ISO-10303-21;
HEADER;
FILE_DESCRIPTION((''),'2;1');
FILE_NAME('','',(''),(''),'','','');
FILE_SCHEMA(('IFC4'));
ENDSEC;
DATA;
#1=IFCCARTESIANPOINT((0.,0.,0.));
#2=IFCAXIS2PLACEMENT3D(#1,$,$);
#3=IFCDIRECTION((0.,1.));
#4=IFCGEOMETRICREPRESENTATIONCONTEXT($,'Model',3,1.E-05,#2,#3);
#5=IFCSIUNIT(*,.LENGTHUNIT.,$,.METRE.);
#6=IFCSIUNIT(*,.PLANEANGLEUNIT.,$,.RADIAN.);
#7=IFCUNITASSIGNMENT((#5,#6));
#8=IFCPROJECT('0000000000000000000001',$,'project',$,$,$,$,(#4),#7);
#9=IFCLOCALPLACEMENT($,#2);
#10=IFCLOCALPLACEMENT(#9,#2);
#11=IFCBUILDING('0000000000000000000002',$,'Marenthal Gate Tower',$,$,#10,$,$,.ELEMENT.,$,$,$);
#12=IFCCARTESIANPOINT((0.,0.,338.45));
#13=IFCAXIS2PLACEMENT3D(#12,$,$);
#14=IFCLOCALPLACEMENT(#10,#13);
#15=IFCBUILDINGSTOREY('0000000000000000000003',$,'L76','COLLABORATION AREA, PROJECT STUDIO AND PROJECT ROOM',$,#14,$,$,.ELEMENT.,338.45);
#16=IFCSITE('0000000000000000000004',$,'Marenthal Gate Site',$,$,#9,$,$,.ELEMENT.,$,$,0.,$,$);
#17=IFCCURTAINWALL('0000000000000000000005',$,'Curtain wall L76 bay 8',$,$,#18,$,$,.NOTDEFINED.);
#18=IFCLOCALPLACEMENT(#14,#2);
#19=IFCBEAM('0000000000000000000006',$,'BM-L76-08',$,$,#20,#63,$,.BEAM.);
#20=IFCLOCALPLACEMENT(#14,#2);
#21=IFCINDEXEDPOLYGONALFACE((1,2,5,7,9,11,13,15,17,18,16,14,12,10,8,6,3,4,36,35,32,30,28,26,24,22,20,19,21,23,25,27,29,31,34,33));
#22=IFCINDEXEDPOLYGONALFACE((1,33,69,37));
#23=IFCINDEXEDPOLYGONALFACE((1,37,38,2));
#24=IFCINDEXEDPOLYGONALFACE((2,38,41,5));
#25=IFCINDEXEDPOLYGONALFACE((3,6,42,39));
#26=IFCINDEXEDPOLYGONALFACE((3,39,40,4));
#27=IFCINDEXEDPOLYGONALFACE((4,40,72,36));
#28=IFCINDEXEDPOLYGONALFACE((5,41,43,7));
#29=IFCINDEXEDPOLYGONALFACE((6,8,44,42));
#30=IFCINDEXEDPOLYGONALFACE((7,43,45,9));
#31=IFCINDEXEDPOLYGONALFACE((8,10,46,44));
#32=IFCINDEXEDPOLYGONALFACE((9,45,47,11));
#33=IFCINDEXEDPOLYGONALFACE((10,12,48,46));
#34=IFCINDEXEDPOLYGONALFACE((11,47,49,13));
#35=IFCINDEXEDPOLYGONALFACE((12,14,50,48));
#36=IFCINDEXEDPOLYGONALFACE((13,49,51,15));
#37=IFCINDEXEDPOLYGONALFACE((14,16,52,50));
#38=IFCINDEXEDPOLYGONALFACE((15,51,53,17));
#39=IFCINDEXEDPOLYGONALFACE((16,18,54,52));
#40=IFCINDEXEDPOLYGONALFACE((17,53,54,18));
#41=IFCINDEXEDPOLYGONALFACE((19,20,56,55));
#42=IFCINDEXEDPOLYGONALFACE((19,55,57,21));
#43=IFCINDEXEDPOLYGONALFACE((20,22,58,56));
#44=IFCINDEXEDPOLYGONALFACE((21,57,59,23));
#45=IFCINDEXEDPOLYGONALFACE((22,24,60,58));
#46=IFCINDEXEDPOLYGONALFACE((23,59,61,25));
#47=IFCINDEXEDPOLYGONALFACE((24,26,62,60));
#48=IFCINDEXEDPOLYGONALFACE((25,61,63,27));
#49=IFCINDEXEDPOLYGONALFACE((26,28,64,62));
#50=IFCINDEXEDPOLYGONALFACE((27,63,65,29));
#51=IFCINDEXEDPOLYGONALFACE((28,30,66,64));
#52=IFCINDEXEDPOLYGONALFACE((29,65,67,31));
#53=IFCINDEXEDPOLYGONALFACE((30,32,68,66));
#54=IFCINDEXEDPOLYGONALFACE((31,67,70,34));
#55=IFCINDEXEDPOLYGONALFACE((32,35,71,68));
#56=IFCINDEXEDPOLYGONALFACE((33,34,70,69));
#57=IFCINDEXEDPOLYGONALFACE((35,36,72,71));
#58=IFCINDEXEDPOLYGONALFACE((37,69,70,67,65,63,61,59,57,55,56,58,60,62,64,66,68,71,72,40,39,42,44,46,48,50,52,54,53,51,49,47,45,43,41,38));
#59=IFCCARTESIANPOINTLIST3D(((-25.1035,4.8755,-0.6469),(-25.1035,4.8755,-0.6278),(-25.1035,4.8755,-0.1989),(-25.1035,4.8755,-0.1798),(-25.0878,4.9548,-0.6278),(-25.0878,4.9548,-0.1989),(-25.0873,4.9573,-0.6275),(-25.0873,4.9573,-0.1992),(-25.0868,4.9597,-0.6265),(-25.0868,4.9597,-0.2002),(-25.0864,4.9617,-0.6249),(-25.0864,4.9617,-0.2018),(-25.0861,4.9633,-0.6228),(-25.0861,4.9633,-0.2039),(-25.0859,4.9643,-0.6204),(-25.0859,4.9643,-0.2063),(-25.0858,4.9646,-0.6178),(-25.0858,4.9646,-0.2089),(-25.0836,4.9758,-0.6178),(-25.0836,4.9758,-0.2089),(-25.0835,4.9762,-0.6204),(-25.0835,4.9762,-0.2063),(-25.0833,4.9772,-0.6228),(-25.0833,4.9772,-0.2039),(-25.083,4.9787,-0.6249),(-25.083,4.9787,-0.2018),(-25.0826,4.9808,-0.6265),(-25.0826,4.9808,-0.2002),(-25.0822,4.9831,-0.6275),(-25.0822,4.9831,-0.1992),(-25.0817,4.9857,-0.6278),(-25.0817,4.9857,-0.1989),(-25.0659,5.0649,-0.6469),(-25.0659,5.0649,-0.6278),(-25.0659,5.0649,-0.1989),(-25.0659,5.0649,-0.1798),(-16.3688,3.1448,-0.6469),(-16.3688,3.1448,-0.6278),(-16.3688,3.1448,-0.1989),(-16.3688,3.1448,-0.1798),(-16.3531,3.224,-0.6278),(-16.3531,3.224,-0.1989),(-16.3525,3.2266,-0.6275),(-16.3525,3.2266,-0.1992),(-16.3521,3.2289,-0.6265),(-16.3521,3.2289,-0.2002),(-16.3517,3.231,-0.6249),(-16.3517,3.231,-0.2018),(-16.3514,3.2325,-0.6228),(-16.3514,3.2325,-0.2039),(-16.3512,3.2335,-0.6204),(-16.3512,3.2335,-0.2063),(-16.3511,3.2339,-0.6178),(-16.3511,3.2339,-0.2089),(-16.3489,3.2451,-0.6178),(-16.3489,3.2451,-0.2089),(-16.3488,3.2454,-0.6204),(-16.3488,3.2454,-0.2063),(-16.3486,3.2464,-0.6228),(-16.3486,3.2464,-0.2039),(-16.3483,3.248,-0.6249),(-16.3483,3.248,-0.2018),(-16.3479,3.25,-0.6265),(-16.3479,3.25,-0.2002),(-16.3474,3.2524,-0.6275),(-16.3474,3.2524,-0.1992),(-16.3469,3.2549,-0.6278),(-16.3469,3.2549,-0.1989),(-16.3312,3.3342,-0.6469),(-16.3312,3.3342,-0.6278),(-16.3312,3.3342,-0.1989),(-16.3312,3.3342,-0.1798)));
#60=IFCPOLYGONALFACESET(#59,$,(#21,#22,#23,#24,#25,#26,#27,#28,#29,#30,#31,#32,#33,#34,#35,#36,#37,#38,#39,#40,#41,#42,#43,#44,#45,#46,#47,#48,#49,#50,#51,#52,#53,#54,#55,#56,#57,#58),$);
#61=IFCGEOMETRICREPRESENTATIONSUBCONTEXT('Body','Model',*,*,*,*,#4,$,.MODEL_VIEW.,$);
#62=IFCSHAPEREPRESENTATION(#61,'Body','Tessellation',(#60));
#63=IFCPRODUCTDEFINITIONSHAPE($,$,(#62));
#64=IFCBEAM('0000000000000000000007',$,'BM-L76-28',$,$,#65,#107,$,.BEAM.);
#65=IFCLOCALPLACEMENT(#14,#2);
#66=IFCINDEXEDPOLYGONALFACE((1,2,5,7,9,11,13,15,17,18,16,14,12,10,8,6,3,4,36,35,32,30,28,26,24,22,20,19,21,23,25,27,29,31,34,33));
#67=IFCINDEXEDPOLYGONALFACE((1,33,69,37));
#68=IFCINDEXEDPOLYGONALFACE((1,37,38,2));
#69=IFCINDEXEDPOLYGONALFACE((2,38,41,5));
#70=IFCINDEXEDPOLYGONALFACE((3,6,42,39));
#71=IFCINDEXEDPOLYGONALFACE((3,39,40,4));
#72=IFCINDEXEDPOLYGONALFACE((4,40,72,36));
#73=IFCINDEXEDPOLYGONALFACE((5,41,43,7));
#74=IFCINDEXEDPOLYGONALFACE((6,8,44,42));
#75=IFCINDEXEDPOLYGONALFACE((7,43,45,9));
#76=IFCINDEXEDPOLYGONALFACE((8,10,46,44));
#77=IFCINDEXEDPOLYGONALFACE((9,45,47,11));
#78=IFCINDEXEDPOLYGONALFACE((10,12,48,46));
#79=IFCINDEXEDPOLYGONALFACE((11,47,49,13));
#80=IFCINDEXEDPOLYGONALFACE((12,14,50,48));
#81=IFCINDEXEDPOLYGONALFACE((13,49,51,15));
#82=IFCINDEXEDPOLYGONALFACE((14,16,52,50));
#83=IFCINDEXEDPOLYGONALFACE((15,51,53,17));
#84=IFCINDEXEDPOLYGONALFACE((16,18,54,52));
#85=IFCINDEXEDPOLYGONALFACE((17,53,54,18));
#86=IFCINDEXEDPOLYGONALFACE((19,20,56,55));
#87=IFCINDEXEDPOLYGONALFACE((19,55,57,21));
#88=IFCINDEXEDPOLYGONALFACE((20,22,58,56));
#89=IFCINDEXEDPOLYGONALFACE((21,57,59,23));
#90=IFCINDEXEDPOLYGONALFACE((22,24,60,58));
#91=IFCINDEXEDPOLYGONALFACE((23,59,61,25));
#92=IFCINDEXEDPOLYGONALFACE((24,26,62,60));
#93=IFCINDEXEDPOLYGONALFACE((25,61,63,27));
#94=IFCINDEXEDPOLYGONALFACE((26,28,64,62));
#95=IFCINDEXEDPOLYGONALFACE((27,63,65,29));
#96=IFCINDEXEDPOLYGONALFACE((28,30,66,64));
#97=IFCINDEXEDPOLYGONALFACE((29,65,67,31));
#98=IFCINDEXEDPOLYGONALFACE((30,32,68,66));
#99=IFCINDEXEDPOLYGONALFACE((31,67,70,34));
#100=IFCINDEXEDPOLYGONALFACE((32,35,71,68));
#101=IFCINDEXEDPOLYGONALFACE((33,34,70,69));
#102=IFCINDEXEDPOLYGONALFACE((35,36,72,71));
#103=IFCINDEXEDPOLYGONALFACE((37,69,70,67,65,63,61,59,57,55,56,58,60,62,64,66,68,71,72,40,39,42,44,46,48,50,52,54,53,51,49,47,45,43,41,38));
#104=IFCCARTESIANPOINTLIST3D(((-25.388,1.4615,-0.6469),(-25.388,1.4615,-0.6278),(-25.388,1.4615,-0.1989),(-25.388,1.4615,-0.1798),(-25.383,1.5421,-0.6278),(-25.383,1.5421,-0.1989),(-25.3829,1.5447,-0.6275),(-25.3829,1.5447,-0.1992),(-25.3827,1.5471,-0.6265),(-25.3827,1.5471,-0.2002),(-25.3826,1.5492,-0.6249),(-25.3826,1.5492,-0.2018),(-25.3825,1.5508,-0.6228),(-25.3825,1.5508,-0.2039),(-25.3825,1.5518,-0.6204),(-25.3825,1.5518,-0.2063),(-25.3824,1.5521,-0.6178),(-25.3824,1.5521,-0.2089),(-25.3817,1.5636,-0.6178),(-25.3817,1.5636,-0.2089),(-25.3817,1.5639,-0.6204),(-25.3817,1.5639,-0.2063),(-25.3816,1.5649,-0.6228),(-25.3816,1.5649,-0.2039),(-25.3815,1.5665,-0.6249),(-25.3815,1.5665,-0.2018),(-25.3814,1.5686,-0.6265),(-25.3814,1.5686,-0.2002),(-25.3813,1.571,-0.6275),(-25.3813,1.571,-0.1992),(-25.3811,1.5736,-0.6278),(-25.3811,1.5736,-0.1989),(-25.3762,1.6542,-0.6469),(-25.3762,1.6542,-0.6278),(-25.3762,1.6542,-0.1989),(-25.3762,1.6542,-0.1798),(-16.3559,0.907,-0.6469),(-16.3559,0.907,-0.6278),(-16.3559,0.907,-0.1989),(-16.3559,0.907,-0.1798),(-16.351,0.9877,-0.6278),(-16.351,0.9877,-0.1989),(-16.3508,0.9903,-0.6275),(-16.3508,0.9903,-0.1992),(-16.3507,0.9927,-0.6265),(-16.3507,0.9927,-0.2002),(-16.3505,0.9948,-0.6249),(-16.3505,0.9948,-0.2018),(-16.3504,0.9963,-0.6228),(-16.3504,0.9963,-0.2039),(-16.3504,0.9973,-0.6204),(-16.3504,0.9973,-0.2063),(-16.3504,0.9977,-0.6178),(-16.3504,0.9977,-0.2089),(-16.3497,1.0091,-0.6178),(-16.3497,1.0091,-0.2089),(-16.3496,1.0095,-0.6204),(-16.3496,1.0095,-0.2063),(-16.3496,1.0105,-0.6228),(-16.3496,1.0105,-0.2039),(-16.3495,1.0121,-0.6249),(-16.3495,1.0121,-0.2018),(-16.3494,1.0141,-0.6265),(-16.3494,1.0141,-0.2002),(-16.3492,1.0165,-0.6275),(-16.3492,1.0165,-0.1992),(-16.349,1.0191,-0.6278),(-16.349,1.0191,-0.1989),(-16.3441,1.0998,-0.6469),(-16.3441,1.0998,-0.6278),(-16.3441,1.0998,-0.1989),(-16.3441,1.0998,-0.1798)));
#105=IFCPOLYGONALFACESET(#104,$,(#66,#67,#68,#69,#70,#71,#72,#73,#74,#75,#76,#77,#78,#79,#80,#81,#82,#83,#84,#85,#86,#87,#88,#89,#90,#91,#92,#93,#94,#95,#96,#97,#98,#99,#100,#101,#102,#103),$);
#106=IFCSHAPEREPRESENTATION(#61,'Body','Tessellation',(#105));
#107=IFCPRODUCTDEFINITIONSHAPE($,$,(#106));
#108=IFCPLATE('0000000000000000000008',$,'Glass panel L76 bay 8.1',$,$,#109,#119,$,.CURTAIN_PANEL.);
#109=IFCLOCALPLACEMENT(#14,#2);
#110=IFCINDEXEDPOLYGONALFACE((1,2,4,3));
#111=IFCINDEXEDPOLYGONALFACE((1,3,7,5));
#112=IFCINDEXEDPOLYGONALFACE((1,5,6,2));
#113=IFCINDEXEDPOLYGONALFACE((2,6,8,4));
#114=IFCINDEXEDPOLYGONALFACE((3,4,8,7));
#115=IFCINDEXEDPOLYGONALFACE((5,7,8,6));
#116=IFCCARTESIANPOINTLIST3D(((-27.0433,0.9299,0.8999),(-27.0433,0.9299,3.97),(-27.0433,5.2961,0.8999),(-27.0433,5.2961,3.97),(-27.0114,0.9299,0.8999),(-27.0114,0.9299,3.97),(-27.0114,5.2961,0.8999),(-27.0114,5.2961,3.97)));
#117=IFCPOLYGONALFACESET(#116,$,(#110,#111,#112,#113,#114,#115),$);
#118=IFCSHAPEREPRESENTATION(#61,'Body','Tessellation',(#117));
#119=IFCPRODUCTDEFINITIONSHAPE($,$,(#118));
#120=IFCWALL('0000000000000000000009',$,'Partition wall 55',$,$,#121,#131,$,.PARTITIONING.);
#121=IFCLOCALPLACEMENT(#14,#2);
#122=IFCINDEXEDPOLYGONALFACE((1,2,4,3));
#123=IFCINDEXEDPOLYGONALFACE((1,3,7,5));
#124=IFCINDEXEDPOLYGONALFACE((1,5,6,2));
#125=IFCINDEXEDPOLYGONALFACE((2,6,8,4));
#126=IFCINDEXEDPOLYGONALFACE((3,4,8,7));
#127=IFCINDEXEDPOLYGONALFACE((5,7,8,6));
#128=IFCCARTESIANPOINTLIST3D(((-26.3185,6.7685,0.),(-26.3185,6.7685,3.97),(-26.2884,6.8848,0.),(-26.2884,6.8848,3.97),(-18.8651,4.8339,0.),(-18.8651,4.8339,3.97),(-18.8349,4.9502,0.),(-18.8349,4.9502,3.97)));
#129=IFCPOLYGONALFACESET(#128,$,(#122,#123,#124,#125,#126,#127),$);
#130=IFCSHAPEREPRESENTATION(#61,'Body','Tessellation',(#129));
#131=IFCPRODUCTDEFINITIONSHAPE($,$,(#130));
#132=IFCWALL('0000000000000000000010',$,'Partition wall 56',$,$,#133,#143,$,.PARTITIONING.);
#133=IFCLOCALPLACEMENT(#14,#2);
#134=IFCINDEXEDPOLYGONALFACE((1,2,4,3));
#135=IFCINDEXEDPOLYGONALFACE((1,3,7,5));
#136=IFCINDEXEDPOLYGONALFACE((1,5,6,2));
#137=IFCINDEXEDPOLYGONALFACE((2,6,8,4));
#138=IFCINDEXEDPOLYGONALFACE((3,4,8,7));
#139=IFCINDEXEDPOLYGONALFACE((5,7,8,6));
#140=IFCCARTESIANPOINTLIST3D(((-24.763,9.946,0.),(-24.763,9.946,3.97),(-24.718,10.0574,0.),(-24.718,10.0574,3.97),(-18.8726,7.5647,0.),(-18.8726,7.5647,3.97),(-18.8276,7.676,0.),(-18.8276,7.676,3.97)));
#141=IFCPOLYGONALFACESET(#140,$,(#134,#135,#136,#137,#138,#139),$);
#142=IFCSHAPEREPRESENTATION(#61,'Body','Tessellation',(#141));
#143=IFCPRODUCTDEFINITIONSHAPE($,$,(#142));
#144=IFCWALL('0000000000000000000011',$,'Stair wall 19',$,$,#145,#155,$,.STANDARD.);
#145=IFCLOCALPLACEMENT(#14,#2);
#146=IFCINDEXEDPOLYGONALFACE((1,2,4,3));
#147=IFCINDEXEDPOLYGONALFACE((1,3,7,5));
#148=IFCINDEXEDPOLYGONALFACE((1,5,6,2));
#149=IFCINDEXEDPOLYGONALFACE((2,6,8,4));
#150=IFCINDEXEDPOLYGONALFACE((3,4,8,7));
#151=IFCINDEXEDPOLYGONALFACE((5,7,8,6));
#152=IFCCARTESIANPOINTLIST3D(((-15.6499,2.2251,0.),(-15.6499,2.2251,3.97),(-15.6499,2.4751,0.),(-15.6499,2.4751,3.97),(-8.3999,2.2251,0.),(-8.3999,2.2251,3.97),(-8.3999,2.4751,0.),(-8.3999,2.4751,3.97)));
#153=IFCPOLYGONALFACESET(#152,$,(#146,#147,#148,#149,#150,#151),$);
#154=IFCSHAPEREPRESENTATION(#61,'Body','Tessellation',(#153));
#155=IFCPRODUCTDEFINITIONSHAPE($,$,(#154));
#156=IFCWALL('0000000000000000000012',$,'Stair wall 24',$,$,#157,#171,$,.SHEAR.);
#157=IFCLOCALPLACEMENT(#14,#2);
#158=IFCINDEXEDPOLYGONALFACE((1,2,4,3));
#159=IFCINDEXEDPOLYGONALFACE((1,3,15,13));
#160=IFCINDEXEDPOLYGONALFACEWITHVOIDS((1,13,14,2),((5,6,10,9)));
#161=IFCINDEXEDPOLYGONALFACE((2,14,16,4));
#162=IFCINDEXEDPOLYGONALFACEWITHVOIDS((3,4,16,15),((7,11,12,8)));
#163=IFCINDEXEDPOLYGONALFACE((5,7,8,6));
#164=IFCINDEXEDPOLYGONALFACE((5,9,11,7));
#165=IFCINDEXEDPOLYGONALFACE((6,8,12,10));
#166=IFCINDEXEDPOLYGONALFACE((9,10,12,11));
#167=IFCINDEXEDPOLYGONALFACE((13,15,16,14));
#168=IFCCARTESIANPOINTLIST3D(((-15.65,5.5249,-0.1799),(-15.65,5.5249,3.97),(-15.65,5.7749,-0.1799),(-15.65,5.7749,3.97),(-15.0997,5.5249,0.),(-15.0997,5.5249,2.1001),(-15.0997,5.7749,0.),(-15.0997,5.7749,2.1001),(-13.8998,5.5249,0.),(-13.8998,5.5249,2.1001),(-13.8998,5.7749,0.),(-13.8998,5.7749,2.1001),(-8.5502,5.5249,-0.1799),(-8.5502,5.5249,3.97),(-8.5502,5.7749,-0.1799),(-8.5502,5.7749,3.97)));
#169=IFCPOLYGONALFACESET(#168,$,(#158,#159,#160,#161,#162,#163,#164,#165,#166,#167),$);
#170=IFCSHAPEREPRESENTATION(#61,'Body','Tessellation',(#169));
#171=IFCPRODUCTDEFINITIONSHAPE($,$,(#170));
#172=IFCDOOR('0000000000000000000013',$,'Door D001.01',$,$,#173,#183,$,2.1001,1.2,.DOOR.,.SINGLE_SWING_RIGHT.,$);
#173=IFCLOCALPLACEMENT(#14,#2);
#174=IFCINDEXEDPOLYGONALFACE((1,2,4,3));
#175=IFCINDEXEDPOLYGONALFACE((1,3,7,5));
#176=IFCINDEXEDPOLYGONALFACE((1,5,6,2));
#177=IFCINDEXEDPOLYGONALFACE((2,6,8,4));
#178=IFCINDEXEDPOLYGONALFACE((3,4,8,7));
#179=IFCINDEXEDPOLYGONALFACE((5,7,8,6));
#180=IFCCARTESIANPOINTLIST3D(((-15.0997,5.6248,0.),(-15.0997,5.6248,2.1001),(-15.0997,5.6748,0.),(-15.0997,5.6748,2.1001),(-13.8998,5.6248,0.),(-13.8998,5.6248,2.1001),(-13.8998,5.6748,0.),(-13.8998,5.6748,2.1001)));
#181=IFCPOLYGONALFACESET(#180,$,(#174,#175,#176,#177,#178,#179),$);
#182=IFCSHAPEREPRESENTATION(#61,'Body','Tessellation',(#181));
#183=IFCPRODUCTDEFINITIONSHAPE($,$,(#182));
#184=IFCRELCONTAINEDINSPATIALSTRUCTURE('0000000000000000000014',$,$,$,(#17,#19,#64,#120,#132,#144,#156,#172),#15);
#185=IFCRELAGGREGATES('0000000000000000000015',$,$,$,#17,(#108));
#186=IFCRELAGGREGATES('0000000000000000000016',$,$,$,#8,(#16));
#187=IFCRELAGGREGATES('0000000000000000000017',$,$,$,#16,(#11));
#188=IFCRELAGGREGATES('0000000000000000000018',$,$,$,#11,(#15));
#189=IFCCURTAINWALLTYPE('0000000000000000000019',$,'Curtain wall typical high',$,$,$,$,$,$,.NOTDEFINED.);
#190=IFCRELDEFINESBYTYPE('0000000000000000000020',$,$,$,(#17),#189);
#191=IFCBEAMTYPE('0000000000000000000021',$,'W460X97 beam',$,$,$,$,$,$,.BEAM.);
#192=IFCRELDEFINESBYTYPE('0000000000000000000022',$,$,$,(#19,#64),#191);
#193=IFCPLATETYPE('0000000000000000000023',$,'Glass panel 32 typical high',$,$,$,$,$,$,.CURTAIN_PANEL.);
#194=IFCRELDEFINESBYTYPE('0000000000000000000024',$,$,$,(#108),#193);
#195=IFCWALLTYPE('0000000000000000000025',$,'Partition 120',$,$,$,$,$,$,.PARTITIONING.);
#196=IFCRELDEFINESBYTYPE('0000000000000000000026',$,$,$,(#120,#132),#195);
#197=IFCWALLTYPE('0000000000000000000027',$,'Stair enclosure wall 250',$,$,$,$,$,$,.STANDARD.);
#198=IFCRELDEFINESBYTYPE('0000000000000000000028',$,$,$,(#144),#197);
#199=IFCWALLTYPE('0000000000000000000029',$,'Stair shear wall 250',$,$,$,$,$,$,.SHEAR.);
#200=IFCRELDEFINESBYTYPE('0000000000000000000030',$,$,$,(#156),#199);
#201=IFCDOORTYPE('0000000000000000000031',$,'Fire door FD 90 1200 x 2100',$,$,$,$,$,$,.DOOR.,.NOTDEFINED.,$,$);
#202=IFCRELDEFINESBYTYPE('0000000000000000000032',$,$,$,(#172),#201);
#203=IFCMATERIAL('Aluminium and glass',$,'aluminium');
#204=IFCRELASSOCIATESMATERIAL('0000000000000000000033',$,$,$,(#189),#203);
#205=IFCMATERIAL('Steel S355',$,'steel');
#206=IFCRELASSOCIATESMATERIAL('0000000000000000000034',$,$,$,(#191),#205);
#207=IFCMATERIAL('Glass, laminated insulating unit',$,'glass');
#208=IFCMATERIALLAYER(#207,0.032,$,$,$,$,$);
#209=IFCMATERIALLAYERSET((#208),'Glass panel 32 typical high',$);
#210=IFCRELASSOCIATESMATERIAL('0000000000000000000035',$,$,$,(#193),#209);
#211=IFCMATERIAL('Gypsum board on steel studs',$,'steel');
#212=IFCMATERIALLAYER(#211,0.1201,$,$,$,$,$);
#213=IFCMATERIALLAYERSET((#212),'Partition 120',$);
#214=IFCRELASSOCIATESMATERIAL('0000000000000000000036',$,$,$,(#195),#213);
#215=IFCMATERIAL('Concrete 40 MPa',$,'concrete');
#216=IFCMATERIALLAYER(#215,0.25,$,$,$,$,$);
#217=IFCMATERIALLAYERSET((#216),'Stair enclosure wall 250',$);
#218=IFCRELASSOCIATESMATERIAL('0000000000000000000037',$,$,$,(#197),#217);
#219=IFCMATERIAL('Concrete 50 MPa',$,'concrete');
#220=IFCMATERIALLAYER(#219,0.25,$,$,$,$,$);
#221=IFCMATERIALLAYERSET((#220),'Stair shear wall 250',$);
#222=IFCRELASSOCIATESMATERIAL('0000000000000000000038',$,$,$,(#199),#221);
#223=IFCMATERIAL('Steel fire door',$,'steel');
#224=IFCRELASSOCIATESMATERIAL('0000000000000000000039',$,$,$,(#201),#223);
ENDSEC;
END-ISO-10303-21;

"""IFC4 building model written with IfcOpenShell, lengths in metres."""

from ifc_helpers import new_model, si_unit, direction, frame, frame_2d, origin, origin_2d, place, context, subcontext, project, spatial, rectangle, i_section, extrude, material, layer, layer_set, material_profile, profile_set, type_object, element, fill, aggregate, save


model = new_model("IFC4")

# Units and contexts
model_context = context("Model", 3, precision=1e-05, world=origin(), true_north=direction((0.0, 1.0)))
body_context = subcontext(model_context, "Body", "Model", "MODEL_VIEW")
ifc_project = project(units=[si_unit("LENGTHUNIT", "METRE"), si_unit("PLANEANGLEUNIT", "RADIAN")], contexts=[model_context])

# Site, building, storey
site_placement = place(None, origin())
site = spatial("IfcSite", under=ifc_project, at=site_placement, Name="Marenthal Gate Site", CompositionType="ELEMENT", RefElevation=0.0)
building_placement = place(site_placement, origin())
building = spatial("IfcBuilding", under=site, at=building_placement, Name="Marenthal Gate Tower", CompositionType="ELEMENT")
storey_placement = place(building_placement, frame((0.0, 0.0, 338.45)))
storey = spatial("IfcBuildingStorey", under=building, at=storey_placement, Name="L76", Description="COLLABORATION AREA, PROJECT STUDIO AND PROJECT ROOM", CompositionType="ELEMENT", Elevation=338.45)

# Curtain wall
ifc_material_1 = material(Name="Aluminium and glass", Category="aluminium")
curtain_wall_type = type_object("IfcCurtainWallType", Name="Curtain wall typical high", PredefinedType="NOTDEFINED", material=ifc_material_1)
curtain_wall_placement = place(storey_placement, origin())
curtain_wall = element("IfcCurtainWall", 1, at=curtain_wall_placement, inside=storey, type_object=curtain_wall_type, Name="Curtain wall L76 bay 8", PredefinedType="NOTDEFINED")

# Beams
ifc_material_2 = material(Name="Steel S355", Category="steel")
ifc_material_profile_1 = material_profile(ifc_material_2, i_section(OverallWidth=0.1931, OverallDepth=0.467, WebThickness=0.0115, FlangeThickness=0.019, FilletRadius=0.01, at=origin_2d()), Name="W460X97")
ifc_profile_set_1 = profile_set([ifc_material_profile_1], Name="Steel S355")
beam_type_1 = type_object("IfcBeamType", Name="W460X97 beam", PredefinedType="BEAM", material=ifc_profile_set_1)
beam_1_placement = place(storey_placement, frame((-25.0847, 4.9702, -0.4133), z_axis=(0.980929, -0.194365, 0.0), x_axis=(0.194365, 0.980929, 0.0)))
element("IfcBeam", 2, at=beam_1_placement, inside=storey, type_object=beam_type_1, Name="BM-L76-08", PredefinedType="BEAM", context=body_context, shape_type="SweptSolid", body=[
    extrude(i_section(OverallWidth=0.1931, OverallDepth=0.467, WebThickness=0.0115, FlangeThickness=0.019, FilletRadius=0.01, at=origin_2d()), origin(), (0.0, 0.0, 1.0), 8.9045),
])
beam_2_placement = place(storey_placement, frame((-25.3821, 1.5579, -0.4133), z_axis=(0.998121, -0.061271, 0.0), x_axis=(0.061271, 0.998121, 0.0)))
element("IfcBeam", 3, at=beam_2_placement, inside=storey, type_object=beam_type_1, Name="BM-L76-28", PredefinedType="BEAM", context=body_context, shape_type="SweptSolid", body=[
    extrude(i_section(OverallWidth=0.1931, OverallDepth=0.467, WebThickness=0.0115, FlangeThickness=0.019, FilletRadius=0.01, at=origin_2d()), origin(), (0.0, 0.0, 1.0), 9.0491),
])

# Plate
ifc_material_3 = material(Name="Glass, laminated insulating unit", Category="glass")
ifc_layer_1 = layer(ifc_material_3, 0.032)
ifc_layer_set_1 = layer_set([ifc_layer_1], Name="Glass panel 32 typical high")
plate_type = type_object("IfcPlateType", Name="Glass panel 32 typical high", PredefinedType="CURTAIN_PANEL", material=ifc_layer_set_1)
plate_placement = place(storey_placement, frame((-27.0273, 3.113, 0.8999), z_axis=(0.0, 0.0, 1.0), x_axis=(0.0, -1.0, 0.0)))
plate = element("IfcPlate", 4, at=plate_placement, type_object=plate_type, Name="Glass panel L76 bay 8.1", PredefinedType="CURTAIN_PANEL", context=body_context, shape_type="SweptSolid", body=[
    extrude(rectangle(XDim=4.3662, YDim=0.032, at=origin_2d()), origin(), (0.0, 0.0, 1.0), 3.0701),
])
aggregate(curtain_wall, [plate])

# Walls
ifc_material_4 = material(Name="Gypsum board on steel studs", Category="steel")
ifc_layer_2 = layer(ifc_material_4, 0.1201)
ifc_layer_set_2 = layer_set([ifc_layer_2], Name="Partition 120")
wall_type_1 = type_object("IfcWallType", Name="Partition 120", PredefinedType="PARTITIONING", material=ifc_layer_set_2)
wall_1_placement = place(storey_placement, frame((-18.8501, 4.8921, 0.0), z_axis=(0.0, 0.0, 1.0), x_axis=(-0.967927, 0.251232, 0.0)))
element("IfcWall", 5, at=wall_1_placement, inside=storey, type_object=wall_type_1, Name="Partition wall 55", PredefinedType="PARTITIONING", context=body_context, shape_type="SweptSolid", body=[
    extrude(rectangle(XDim=7.7004, YDim=0.1201, at=frame_2d((3.8501, 0.0))), origin(), (0.0, 0.0, 1.0), 3.97),
])
wall_2_placement = place(storey_placement, frame((-18.8501, 7.6204, 0.0), z_axis=(0.0, 0.0, 1.0), x_axis=(-0.927103, 0.374807, 0.0)))
element("IfcWall", 6, at=wall_2_placement, inside=storey, type_object=wall_type_1, Name="Partition wall 56", PredefinedType="PARTITIONING", context=body_context, shape_type="SweptSolid", body=[
    extrude(rectangle(XDim=6.3535, YDim=0.1201, at=frame_2d((3.1768, 0.0))), origin(), (0.0, 0.0, 1.0), 3.97),
])
ifc_material_5 = material(Name="Concrete 40 MPa", Category="concrete")
ifc_layer_3 = layer(ifc_material_5, 0.25)
ifc_layer_set_3 = layer_set([ifc_layer_3], Name="Stair enclosure wall 250")
wall_type_2 = type_object("IfcWallType", Name="Stair enclosure wall 250", PredefinedType="STANDARD", material=ifc_layer_set_3)
wall_3_placement = place(storey_placement, frame((-15.6499, 2.3501, 0.0), z_axis=(0.0, 0.0, 1.0), x_axis=(1.0, 0.0, 0.0)))
element("IfcWall", 7, at=wall_3_placement, inside=storey, type_object=wall_type_2, Name="Stair wall 19", PredefinedType="STANDARD", context=body_context, shape_type="SweptSolid", body=[
    extrude(rectangle(XDim=7.25, YDim=0.25, at=frame_2d((3.625, 0.0))), origin(), (0.0, 0.0, 1.0), 3.97),
])

# Wall, opening, door
ifc_material_6 = material(Name="Concrete 50 MPa", Category="concrete")
ifc_layer_4 = layer(ifc_material_6, 0.25)
ifc_layer_set_4 = layer_set([ifc_layer_4], Name="Stair shear wall 250")
wall_type_3 = type_object("IfcWallType", Name="Stair shear wall 250", PredefinedType="SHEAR", material=ifc_layer_set_4)
wall_4_placement = place(storey_placement, frame((-15.6499, 5.6499, -0.1799), z_axis=(0.0, 0.0, 1.0), x_axis=(1.0, 0.0, 0.0)))
wall_4 = element("IfcWall", 8, at=wall_4_placement, inside=storey, type_object=wall_type_3, Name="Stair wall 24", PredefinedType="SHEAR", context=body_context, shape_type="SweptSolid", body=[
    extrude(rectangle(XDim=7.0999, YDim=0.25, at=frame_2d((3.5498, 0.0))), origin(), (0.0, 0.0, 1.0), 4.1499),
])
opening_placement = place(wall_4_placement, frame((0.55, 0.0, 0.1799)))
opening = element("IfcOpeningElement", 9, at=opening_placement, cuts=wall_4, PredefinedType="OPENING", context=body_context, shape_type="SweptSolid", body=[
    extrude(rectangle(XDim=1.2, YDim=2.1001, at=frame_2d((0.6001, 1.05))), frame((0.0, 0.135, 0.0), z_axis=(0.0, -1.0, 0.0), x_axis=(1.0, 0.0, 0.0)), (0.0, 0.0, 1.0), 0.27),
])
ifc_material_7 = material(Name="Steel fire door", Category="steel")
door_type = type_object("IfcDoorType", Name="Fire door FD 90 1200 x 2100", OperationType="NOTDEFINED", PredefinedType="DOOR", material=ifc_material_7)
door_placement = place(opening_placement, origin())
door = element("IfcDoor", 10, at=door_placement, inside=storey, type_object=door_type, Name="Door D001.01", OperationType="SINGLE_SWING_RIGHT", OverallHeight=2.1001, OverallWidth=1.2, PredefinedType="DOOR", context=body_context, shape_type="SweptSolid", body=[
    extrude(rectangle(XDim=1.2, YDim=2.1001, at=frame_2d((0.6001, 1.05))), frame((0.0, 0.0249, 0.0), z_axis=(0.0, -1.0, 0.0), x_axis=(1.0, 0.0, 0.0)), (0.0, 0.0, 1.0), 0.05),
])
fill(opening, door)

save(model, "model.ifc")
